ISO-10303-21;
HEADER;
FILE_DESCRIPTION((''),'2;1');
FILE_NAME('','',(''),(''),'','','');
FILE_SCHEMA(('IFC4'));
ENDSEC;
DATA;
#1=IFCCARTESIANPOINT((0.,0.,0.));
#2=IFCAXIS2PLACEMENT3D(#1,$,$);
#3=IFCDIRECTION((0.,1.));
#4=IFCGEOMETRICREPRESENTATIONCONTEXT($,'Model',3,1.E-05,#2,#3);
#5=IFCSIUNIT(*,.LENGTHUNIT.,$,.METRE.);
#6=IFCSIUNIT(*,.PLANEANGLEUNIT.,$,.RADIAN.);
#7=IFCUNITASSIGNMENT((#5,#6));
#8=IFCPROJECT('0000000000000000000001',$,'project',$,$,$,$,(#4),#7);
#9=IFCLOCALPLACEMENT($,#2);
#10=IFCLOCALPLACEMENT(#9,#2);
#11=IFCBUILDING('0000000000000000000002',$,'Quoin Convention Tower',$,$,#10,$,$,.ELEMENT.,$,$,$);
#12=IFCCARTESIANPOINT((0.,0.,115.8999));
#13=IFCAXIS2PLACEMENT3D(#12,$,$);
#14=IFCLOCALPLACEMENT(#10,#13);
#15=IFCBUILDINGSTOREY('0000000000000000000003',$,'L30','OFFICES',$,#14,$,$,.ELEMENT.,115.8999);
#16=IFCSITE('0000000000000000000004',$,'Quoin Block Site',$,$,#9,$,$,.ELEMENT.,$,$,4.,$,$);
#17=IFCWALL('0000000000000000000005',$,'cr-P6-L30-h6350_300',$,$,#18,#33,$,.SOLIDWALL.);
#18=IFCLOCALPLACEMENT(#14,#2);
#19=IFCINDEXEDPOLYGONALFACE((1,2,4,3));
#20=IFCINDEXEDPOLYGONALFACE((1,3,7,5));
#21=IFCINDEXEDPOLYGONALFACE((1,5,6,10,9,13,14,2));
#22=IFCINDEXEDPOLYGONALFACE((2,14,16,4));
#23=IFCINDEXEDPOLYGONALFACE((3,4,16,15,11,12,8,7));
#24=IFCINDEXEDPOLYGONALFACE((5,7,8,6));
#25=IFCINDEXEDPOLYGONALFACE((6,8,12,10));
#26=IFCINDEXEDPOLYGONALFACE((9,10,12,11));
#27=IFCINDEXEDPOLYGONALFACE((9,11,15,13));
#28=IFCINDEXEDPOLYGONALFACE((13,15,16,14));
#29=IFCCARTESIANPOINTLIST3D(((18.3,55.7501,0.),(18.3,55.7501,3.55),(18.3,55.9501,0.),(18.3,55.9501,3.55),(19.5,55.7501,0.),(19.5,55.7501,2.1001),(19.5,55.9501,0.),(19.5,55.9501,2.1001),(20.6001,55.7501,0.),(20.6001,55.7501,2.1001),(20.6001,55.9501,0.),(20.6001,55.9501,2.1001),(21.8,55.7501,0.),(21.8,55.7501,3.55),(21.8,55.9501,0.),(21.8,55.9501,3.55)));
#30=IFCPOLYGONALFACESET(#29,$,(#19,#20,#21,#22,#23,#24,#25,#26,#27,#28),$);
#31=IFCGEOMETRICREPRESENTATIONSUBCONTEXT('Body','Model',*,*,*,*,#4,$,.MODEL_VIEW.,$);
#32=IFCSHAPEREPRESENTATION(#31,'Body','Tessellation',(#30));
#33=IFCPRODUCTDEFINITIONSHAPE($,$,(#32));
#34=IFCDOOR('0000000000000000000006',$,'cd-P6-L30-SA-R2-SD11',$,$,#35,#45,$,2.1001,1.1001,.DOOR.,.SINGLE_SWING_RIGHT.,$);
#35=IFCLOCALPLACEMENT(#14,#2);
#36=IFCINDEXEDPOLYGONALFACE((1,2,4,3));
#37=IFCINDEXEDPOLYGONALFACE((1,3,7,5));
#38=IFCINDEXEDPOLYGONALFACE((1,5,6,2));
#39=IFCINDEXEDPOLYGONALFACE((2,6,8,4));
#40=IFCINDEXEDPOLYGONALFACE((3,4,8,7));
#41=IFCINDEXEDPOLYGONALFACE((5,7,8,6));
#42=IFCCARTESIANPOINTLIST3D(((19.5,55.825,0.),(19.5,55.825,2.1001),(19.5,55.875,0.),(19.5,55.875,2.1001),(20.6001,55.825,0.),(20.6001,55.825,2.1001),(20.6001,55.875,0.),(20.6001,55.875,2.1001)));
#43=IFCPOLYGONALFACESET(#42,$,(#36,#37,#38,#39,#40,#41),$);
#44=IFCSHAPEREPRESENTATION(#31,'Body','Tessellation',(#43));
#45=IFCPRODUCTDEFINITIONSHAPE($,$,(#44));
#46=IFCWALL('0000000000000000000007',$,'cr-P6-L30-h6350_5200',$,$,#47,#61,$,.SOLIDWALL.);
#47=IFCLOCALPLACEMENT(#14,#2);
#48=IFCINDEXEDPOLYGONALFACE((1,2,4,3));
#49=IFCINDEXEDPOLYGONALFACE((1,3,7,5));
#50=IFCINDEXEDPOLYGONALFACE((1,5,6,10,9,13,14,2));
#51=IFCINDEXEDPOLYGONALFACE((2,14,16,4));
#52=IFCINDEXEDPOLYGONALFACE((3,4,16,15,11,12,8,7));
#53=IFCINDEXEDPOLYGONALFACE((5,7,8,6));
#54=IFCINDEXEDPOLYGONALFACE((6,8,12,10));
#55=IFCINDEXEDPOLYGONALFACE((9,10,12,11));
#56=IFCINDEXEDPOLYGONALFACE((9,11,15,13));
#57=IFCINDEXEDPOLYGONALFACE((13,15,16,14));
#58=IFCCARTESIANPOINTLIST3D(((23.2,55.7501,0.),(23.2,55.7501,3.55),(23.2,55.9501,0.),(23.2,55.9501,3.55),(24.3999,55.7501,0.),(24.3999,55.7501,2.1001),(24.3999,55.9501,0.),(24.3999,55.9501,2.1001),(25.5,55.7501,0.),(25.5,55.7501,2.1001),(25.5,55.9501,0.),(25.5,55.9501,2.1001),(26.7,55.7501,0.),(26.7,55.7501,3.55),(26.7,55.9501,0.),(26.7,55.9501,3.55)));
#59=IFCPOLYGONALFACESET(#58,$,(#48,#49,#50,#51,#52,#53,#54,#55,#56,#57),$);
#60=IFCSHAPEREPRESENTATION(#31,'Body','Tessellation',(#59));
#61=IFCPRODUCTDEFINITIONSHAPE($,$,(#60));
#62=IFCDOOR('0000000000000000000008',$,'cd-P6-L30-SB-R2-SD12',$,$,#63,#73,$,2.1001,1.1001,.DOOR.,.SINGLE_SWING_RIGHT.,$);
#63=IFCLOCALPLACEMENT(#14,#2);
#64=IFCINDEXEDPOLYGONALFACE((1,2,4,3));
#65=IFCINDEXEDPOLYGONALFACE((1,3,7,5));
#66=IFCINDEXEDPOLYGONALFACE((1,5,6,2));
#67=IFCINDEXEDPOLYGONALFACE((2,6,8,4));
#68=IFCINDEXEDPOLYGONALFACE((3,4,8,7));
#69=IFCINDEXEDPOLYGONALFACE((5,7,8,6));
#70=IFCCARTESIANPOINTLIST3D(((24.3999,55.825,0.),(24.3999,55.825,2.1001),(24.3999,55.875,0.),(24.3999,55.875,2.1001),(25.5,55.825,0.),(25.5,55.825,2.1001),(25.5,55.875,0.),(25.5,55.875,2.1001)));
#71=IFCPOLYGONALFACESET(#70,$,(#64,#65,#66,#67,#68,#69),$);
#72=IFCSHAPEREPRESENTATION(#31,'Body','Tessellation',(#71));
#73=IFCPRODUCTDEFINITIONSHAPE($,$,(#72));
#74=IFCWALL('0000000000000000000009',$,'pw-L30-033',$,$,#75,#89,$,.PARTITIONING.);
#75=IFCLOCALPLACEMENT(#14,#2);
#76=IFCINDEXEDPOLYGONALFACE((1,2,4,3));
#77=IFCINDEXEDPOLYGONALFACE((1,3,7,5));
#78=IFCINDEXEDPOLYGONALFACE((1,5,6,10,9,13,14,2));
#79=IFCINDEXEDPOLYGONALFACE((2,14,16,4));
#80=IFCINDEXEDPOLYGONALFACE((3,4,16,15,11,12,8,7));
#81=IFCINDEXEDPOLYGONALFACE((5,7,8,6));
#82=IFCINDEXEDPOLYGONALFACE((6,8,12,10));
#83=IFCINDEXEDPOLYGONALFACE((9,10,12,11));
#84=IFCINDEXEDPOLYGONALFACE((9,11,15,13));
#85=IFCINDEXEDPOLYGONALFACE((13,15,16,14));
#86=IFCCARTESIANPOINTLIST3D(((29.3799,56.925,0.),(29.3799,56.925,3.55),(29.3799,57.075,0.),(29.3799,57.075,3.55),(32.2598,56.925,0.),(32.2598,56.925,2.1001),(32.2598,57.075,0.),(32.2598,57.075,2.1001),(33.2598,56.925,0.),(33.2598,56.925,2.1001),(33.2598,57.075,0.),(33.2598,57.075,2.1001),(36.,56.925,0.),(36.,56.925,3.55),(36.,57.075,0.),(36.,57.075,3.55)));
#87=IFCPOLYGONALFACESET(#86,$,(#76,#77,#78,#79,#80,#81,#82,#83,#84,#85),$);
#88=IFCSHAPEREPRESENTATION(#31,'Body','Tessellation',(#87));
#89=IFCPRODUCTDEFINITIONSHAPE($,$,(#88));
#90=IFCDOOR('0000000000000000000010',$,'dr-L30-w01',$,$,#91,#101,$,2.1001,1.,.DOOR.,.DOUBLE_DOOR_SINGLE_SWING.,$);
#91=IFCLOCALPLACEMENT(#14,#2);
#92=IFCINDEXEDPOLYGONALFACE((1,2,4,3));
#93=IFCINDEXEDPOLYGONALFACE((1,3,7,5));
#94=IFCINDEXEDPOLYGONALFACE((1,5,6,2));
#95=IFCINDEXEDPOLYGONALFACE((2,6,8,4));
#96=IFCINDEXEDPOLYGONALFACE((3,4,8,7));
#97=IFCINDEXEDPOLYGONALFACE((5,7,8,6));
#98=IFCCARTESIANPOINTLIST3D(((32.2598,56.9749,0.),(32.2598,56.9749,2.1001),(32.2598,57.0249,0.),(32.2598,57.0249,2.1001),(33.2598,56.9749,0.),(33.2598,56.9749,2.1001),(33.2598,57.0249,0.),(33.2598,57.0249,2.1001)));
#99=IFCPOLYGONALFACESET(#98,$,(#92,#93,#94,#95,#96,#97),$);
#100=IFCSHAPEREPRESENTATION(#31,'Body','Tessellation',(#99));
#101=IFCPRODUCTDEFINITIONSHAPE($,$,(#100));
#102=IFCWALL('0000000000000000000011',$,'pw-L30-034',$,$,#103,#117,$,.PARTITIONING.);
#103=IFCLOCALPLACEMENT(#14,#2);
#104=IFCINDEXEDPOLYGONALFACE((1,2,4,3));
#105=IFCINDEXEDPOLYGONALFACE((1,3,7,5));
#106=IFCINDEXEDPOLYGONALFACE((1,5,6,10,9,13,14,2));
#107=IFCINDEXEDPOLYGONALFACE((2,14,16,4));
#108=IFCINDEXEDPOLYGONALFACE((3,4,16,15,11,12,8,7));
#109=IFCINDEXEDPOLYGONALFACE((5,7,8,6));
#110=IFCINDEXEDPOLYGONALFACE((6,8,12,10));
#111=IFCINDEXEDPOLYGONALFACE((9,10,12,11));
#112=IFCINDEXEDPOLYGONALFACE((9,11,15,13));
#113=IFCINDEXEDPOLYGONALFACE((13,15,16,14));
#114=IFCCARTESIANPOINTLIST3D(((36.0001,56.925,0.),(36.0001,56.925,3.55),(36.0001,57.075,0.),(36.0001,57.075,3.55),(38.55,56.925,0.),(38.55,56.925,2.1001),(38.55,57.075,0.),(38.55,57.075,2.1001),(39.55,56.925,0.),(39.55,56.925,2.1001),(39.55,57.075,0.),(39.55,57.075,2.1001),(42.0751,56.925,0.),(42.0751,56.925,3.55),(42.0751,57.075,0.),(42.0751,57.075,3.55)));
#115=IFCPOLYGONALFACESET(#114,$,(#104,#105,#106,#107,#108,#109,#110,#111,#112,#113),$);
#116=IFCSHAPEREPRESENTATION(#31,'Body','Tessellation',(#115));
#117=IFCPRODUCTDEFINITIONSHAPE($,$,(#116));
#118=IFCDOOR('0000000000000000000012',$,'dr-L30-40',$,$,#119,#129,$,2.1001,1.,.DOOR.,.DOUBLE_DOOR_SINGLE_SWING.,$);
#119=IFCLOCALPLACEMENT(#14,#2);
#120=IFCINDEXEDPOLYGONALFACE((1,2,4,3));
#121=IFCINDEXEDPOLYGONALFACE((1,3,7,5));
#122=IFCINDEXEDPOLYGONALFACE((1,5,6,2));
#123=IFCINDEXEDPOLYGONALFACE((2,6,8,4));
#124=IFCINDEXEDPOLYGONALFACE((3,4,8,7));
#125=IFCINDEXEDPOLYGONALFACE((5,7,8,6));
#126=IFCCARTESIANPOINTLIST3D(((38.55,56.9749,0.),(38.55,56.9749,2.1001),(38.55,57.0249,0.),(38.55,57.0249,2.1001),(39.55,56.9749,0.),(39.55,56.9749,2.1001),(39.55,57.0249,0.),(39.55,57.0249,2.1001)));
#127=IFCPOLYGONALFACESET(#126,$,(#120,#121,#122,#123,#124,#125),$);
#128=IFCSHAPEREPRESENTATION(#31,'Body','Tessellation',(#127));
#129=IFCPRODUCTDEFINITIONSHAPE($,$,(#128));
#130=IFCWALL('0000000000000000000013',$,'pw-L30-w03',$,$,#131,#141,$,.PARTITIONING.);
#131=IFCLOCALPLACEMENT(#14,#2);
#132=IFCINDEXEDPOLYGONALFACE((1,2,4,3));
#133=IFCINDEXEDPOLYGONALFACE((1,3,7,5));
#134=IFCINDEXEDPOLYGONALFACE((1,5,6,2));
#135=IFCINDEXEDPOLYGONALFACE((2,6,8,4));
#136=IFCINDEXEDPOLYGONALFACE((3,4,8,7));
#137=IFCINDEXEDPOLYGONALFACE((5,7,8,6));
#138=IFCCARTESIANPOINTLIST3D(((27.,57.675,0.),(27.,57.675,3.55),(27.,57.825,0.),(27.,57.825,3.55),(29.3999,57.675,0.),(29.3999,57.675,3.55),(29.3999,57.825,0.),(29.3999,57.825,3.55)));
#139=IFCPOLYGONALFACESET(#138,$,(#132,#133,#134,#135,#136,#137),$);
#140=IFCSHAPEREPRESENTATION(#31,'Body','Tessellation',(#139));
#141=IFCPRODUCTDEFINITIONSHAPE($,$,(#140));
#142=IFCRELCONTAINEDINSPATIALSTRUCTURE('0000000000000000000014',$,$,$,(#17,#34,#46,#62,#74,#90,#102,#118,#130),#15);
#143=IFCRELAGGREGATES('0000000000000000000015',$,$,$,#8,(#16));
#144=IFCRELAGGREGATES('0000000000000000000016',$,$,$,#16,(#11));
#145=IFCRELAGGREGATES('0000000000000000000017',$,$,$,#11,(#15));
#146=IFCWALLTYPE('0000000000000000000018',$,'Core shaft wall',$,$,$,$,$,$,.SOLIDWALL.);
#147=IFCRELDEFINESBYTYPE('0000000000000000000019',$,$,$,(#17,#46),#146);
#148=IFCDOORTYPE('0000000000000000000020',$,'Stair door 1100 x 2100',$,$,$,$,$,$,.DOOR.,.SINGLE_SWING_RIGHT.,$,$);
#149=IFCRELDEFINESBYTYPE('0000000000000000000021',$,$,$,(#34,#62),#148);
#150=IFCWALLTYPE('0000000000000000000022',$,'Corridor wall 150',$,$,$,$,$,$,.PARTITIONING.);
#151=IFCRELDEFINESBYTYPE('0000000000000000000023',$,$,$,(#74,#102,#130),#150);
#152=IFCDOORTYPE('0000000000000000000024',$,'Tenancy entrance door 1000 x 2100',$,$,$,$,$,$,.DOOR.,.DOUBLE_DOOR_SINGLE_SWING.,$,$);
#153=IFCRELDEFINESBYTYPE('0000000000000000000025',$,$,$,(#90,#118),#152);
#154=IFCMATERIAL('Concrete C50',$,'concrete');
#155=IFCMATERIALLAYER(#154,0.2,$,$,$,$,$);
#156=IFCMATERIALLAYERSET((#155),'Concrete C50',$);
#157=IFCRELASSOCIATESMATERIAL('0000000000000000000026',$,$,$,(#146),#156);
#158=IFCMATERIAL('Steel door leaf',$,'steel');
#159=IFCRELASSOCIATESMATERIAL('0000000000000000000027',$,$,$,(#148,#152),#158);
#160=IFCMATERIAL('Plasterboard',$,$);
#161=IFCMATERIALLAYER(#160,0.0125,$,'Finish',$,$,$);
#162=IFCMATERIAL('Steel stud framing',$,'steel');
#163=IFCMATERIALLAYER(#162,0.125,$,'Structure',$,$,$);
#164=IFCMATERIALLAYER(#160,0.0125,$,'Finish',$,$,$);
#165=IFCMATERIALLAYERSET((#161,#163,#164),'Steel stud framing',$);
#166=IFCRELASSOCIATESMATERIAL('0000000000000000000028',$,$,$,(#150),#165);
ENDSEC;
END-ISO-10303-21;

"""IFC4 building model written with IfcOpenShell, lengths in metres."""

from ifc_helpers import new_model, si_unit, direction, frame, frame_2d, origin, place, context, subcontext, project, spatial, rectangle, extrude, material, layer, layer_set, type_object, element, fill, save


model = new_model("IFC4")

# Units and contexts
model_context = context("Model", 3, precision=1e-05, world=origin(), true_north=direction((0.0, 1.0)))
body_context = subcontext(model_context, "Body", "Model", "MODEL_VIEW")
ifc_project = project(units=[si_unit("LENGTHUNIT", "METRE"), si_unit("PLANEANGLEUNIT", "RADIAN")], contexts=[model_context])

# Site, building, storey
site_placement = place(None, origin())
site = spatial("IfcSite", under=ifc_project, at=site_placement, Name="Quoin Block Site", CompositionType="ELEMENT", RefElevation=4.0)
building_placement = place(site_placement, origin())
building = spatial("IfcBuilding", under=site, at=building_placement, Name="Quoin Convention Tower", CompositionType="ELEMENT")
storey_placement = place(building_placement, frame((0.0, 0.0, 115.8999)))
storey = spatial("IfcBuildingStorey", under=building, at=storey_placement, Name="L30", Description="OFFICES", CompositionType="ELEMENT", Elevation=115.8999)

# Shared definitions
ifc_material_1 = material(Name="Concrete C50", Category="concrete")
ifc_layer_1 = layer(ifc_material_1, 0.2)
ifc_layer_set_1 = layer_set([ifc_layer_1], Name="Concrete C50")
wall_type_1 = type_object("IfcWallType", Name="Core shaft wall", PredefinedType="SOLIDWALL", material=ifc_layer_set_1)

# Walls, openings, doors
wall_1_placement = place(storey_placement, frame((18.3, 55.8501, 0.0), z_axis=(0.0, 0.0, 1.0), x_axis=(1.0, 0.0, 0.0)))
wall_1 = element("IfcWall", 1, at=wall_1_placement, inside=storey, type_object=wall_type_1, Name="cr-P6-L30-h6350_300", PredefinedType="SOLIDWALL", context=body_context, shape_type="SweptSolid", body=[
    extrude(rectangle(XDim=3.5, YDim=0.2, at=frame_2d((1.75, 0.0))), origin(), (0.0, 0.0, 1.0), 3.55),
])
opening_1_placement = place(wall_1_placement, frame((1.2, 0.0, 0.0)))
opening_1 = element("IfcOpeningElement", 2, at=opening_1_placement, cuts=wall_1, PredefinedType="OPENING", context=body_context, shape_type="SweptSolid", body=[
    extrude(rectangle(XDim=1.1001, YDim=2.1001, at=frame_2d((0.55, 1.05))), frame((0.0, 0.1099, 0.0), z_axis=(0.0, -1.0, 0.0), x_axis=(1.0, 0.0, 0.0)), (0.0, 0.0, 1.0), 0.22),
])
ifc_material_2 = material(Name="Steel door leaf", Category="steel")
door_type_1 = type_object("IfcDoorType", Name="Stair door 1100 x 2100", OperationType="SINGLE_SWING_RIGHT", PredefinedType="DOOR", material=ifc_material_2)
door_1_placement = place(opening_1_placement, origin())
door_1 = element("IfcDoor", 3, at=door_1_placement, inside=storey, type_object=door_type_1, Name="cd-P6-L30-SA-R2-SD11", OperationType="SINGLE_SWING_RIGHT", OverallHeight=2.1001, OverallWidth=1.1001, PredefinedType="DOOR", context=body_context, shape_type="SweptSolid", body=[
    extrude(rectangle(XDim=1.1001, YDim=2.1001, at=frame_2d((0.55, 1.05))), frame((0.0, 0.0249, 0.0), z_axis=(0.0, -1.0, 0.0), x_axis=(1.0, 0.0, 0.0)), (0.0, 0.0, 1.0), 0.05),
])
fill(opening_1, door_1)
wall_2_placement = place(storey_placement, frame((23.2, 55.8501, 0.0), z_axis=(0.0, 0.0, 1.0), x_axis=(1.0, 0.0, 0.0)))
wall_2 = element("IfcWall", 4, at=wall_2_placement, inside=storey, type_object=wall_type_1, Name="cr-P6-L30-h6350_5200", PredefinedType="SOLIDWALL", context=body_context, shape_type="SweptSolid", body=[
    extrude(rectangle(XDim=3.5, YDim=0.2, at=frame_2d((1.75, 0.0))), origin(), (0.0, 0.0, 1.0), 3.55),
])
opening_2_placement = place(wall_2_placement, frame((1.2, 0.0, 0.0)))
opening_2 = element("IfcOpeningElement", 5, at=opening_2_placement, cuts=wall_2, PredefinedType="OPENING", context=body_context, shape_type="SweptSolid", body=[
    extrude(rectangle(XDim=1.1001, YDim=2.1001, at=frame_2d((0.55, 1.05))), frame((0.0, 0.1099, 0.0), z_axis=(0.0, -1.0, 0.0), x_axis=(1.0, 0.0, 0.0)), (0.0, 0.0, 1.0), 0.22),
])
door_2_placement = place(opening_2_placement, origin())
door_2 = element("IfcDoor", 6, at=door_2_placement, inside=storey, type_object=door_type_1, Name="cd-P6-L30-SB-R2-SD12", OperationType="SINGLE_SWING_RIGHT", OverallHeight=2.1001, OverallWidth=1.1001, PredefinedType="DOOR", context=body_context, shape_type="SweptSolid", body=[
    extrude(rectangle(XDim=1.1001, YDim=2.1001, at=frame_2d((0.55, 1.05))), frame((0.0, 0.0249, 0.0), z_axis=(0.0, -1.0, 0.0), x_axis=(1.0, 0.0, 0.0)), (0.0, 0.0, 1.0), 0.05),
])
fill(opening_2, door_2)
ifc_material_3 = material(Name="Plasterboard")
ifc_layer_2 = layer(ifc_material_3, 0.0125, Name="Finish")
ifc_material_4 = material(Name="Steel stud framing", Category="steel")
ifc_layer_3 = layer(ifc_material_4, 0.125, Name="Structure")
ifc_layer_4 = layer(ifc_material_3, 0.0125, Name="Finish")
ifc_layer_set_2 = layer_set([ifc_layer_2, ifc_layer_3, ifc_layer_4], Name="Steel stud framing")
wall_type_2 = type_object("IfcWallType", Name="Corridor wall 150", PredefinedType="PARTITIONING", material=ifc_layer_set_2)
wall_3_placement = place(storey_placement, frame((29.3799, 57.0, 0.0), z_axis=(0.0, 0.0, 1.0), x_axis=(1.0, 0.0, 0.0)))
wall_3 = element("IfcWall", 7, at=wall_3_placement, inside=storey, type_object=wall_type_2, Name="pw-L30-033", PredefinedType="PARTITIONING", context=body_context, shape_type="SweptSolid", body=[
    extrude(rectangle(XDim=6.6201, YDim=0.1499, at=frame_2d((3.3101, 0.0))), origin(), (0.0, 0.0, 1.0), 3.55),
])
opening_3_placement = place(wall_3_placement, frame((2.8799, 0.0, 0.0)))
opening_3 = element("IfcOpeningElement", 8, at=opening_3_placement, cuts=wall_3, PredefinedType="OPENING", context=body_context, shape_type="SweptSolid", body=[
    extrude(rectangle(XDim=1.0, YDim=2.1001, at=frame_2d((0.5, 1.05))), frame((0.0, 0.085, 0.0), z_axis=(0.0, -1.0, 0.0), x_axis=(1.0, 0.0, 0.0)), (0.0, 0.0, 1.0), 0.1699),
])
door_type_2 = type_object("IfcDoorType", Name="Tenancy entrance door 1000 x 2100", OperationType="DOUBLE_DOOR_SINGLE_SWING", PredefinedType="DOOR", material=ifc_material_2)
door_3_placement = place(opening_3_placement, origin())
door_3 = element("IfcDoor", 9, at=door_3_placement, inside=storey, type_object=door_type_2, Name="dr-L30-w01", OperationType="DOUBLE_DOOR_SINGLE_SWING", OverallHeight=2.1001, OverallWidth=1.0, PredefinedType="DOOR", context=body_context, shape_type="SweptSolid", body=[
    extrude(rectangle(XDim=1.0, YDim=2.1001, at=frame_2d((0.5, 1.05))), frame((0.0, 0.0249, 0.0), z_axis=(0.0, -1.0, 0.0), x_axis=(1.0, 0.0, 0.0)), (0.0, 0.0, 1.0), 0.05),
])
fill(opening_3, door_3)
wall_4_placement = place(storey_placement, frame((36.0, 57.0, 0.0), z_axis=(0.0, 0.0, 1.0), x_axis=(1.0, 0.0, 0.0)))
wall_4 = element("IfcWall", 10, at=wall_4_placement, inside=storey, type_object=wall_type_2, Name="pw-L30-034", PredefinedType="PARTITIONING", context=body_context, shape_type="SweptSolid", body=[
    extrude(rectangle(XDim=6.075, YDim=0.1499, at=frame_2d((3.0376, 0.0))), origin(), (0.0, 0.0, 1.0), 3.55),
])
opening_4_placement = place(wall_4_placement, frame((2.55, 0.0, 0.0)))
opening_4 = element("IfcOpeningElement", 11, at=opening_4_placement, cuts=wall_4, PredefinedType="OPENING", context=body_context, shape_type="SweptSolid", body=[
    extrude(rectangle(XDim=1.0, YDim=2.1001, at=frame_2d((0.5, 1.05))), frame((0.0, 0.085, 0.0), z_axis=(0.0, -1.0, 0.0), x_axis=(1.0, 0.0, 0.0)), (0.0, 0.0, 1.0), 0.1699),
])
door_4_placement = place(opening_4_placement, origin())
door_4 = element("IfcDoor", 12, at=door_4_placement, inside=storey, type_object=door_type_2, Name="dr-L30-40", OperationType="DOUBLE_DOOR_SINGLE_SWING", OverallHeight=2.1001, OverallWidth=1.0, PredefinedType="DOOR", context=body_context, shape_type="SweptSolid", body=[
    extrude(rectangle(XDim=1.0, YDim=2.1001, at=frame_2d((0.5, 1.05))), frame((0.0, 0.0249, 0.0), z_axis=(0.0, -1.0, 0.0), x_axis=(1.0, 0.0, 0.0)), (0.0, 0.0, 1.0), 0.05),
])
fill(opening_4, door_4)

# Wall
wall_5_placement = place(storey_placement, frame((27.0, 57.75, 0.0), z_axis=(0.0, 0.0, 1.0), x_axis=(1.0, 0.0, 0.0)))
element("IfcWall", 13, at=wall_5_placement, inside=storey, type_object=wall_type_2, Name="pw-L30-w03", PredefinedType="PARTITIONING", context=body_context, shape_type="SweptSolid", body=[
    extrude(rectangle(XDim=2.3999, YDim=0.1499, at=frame_2d((1.2, 0.0))), origin(), (0.0, 0.0, 1.0), 3.55),
])

save(model, "model.ifc")
